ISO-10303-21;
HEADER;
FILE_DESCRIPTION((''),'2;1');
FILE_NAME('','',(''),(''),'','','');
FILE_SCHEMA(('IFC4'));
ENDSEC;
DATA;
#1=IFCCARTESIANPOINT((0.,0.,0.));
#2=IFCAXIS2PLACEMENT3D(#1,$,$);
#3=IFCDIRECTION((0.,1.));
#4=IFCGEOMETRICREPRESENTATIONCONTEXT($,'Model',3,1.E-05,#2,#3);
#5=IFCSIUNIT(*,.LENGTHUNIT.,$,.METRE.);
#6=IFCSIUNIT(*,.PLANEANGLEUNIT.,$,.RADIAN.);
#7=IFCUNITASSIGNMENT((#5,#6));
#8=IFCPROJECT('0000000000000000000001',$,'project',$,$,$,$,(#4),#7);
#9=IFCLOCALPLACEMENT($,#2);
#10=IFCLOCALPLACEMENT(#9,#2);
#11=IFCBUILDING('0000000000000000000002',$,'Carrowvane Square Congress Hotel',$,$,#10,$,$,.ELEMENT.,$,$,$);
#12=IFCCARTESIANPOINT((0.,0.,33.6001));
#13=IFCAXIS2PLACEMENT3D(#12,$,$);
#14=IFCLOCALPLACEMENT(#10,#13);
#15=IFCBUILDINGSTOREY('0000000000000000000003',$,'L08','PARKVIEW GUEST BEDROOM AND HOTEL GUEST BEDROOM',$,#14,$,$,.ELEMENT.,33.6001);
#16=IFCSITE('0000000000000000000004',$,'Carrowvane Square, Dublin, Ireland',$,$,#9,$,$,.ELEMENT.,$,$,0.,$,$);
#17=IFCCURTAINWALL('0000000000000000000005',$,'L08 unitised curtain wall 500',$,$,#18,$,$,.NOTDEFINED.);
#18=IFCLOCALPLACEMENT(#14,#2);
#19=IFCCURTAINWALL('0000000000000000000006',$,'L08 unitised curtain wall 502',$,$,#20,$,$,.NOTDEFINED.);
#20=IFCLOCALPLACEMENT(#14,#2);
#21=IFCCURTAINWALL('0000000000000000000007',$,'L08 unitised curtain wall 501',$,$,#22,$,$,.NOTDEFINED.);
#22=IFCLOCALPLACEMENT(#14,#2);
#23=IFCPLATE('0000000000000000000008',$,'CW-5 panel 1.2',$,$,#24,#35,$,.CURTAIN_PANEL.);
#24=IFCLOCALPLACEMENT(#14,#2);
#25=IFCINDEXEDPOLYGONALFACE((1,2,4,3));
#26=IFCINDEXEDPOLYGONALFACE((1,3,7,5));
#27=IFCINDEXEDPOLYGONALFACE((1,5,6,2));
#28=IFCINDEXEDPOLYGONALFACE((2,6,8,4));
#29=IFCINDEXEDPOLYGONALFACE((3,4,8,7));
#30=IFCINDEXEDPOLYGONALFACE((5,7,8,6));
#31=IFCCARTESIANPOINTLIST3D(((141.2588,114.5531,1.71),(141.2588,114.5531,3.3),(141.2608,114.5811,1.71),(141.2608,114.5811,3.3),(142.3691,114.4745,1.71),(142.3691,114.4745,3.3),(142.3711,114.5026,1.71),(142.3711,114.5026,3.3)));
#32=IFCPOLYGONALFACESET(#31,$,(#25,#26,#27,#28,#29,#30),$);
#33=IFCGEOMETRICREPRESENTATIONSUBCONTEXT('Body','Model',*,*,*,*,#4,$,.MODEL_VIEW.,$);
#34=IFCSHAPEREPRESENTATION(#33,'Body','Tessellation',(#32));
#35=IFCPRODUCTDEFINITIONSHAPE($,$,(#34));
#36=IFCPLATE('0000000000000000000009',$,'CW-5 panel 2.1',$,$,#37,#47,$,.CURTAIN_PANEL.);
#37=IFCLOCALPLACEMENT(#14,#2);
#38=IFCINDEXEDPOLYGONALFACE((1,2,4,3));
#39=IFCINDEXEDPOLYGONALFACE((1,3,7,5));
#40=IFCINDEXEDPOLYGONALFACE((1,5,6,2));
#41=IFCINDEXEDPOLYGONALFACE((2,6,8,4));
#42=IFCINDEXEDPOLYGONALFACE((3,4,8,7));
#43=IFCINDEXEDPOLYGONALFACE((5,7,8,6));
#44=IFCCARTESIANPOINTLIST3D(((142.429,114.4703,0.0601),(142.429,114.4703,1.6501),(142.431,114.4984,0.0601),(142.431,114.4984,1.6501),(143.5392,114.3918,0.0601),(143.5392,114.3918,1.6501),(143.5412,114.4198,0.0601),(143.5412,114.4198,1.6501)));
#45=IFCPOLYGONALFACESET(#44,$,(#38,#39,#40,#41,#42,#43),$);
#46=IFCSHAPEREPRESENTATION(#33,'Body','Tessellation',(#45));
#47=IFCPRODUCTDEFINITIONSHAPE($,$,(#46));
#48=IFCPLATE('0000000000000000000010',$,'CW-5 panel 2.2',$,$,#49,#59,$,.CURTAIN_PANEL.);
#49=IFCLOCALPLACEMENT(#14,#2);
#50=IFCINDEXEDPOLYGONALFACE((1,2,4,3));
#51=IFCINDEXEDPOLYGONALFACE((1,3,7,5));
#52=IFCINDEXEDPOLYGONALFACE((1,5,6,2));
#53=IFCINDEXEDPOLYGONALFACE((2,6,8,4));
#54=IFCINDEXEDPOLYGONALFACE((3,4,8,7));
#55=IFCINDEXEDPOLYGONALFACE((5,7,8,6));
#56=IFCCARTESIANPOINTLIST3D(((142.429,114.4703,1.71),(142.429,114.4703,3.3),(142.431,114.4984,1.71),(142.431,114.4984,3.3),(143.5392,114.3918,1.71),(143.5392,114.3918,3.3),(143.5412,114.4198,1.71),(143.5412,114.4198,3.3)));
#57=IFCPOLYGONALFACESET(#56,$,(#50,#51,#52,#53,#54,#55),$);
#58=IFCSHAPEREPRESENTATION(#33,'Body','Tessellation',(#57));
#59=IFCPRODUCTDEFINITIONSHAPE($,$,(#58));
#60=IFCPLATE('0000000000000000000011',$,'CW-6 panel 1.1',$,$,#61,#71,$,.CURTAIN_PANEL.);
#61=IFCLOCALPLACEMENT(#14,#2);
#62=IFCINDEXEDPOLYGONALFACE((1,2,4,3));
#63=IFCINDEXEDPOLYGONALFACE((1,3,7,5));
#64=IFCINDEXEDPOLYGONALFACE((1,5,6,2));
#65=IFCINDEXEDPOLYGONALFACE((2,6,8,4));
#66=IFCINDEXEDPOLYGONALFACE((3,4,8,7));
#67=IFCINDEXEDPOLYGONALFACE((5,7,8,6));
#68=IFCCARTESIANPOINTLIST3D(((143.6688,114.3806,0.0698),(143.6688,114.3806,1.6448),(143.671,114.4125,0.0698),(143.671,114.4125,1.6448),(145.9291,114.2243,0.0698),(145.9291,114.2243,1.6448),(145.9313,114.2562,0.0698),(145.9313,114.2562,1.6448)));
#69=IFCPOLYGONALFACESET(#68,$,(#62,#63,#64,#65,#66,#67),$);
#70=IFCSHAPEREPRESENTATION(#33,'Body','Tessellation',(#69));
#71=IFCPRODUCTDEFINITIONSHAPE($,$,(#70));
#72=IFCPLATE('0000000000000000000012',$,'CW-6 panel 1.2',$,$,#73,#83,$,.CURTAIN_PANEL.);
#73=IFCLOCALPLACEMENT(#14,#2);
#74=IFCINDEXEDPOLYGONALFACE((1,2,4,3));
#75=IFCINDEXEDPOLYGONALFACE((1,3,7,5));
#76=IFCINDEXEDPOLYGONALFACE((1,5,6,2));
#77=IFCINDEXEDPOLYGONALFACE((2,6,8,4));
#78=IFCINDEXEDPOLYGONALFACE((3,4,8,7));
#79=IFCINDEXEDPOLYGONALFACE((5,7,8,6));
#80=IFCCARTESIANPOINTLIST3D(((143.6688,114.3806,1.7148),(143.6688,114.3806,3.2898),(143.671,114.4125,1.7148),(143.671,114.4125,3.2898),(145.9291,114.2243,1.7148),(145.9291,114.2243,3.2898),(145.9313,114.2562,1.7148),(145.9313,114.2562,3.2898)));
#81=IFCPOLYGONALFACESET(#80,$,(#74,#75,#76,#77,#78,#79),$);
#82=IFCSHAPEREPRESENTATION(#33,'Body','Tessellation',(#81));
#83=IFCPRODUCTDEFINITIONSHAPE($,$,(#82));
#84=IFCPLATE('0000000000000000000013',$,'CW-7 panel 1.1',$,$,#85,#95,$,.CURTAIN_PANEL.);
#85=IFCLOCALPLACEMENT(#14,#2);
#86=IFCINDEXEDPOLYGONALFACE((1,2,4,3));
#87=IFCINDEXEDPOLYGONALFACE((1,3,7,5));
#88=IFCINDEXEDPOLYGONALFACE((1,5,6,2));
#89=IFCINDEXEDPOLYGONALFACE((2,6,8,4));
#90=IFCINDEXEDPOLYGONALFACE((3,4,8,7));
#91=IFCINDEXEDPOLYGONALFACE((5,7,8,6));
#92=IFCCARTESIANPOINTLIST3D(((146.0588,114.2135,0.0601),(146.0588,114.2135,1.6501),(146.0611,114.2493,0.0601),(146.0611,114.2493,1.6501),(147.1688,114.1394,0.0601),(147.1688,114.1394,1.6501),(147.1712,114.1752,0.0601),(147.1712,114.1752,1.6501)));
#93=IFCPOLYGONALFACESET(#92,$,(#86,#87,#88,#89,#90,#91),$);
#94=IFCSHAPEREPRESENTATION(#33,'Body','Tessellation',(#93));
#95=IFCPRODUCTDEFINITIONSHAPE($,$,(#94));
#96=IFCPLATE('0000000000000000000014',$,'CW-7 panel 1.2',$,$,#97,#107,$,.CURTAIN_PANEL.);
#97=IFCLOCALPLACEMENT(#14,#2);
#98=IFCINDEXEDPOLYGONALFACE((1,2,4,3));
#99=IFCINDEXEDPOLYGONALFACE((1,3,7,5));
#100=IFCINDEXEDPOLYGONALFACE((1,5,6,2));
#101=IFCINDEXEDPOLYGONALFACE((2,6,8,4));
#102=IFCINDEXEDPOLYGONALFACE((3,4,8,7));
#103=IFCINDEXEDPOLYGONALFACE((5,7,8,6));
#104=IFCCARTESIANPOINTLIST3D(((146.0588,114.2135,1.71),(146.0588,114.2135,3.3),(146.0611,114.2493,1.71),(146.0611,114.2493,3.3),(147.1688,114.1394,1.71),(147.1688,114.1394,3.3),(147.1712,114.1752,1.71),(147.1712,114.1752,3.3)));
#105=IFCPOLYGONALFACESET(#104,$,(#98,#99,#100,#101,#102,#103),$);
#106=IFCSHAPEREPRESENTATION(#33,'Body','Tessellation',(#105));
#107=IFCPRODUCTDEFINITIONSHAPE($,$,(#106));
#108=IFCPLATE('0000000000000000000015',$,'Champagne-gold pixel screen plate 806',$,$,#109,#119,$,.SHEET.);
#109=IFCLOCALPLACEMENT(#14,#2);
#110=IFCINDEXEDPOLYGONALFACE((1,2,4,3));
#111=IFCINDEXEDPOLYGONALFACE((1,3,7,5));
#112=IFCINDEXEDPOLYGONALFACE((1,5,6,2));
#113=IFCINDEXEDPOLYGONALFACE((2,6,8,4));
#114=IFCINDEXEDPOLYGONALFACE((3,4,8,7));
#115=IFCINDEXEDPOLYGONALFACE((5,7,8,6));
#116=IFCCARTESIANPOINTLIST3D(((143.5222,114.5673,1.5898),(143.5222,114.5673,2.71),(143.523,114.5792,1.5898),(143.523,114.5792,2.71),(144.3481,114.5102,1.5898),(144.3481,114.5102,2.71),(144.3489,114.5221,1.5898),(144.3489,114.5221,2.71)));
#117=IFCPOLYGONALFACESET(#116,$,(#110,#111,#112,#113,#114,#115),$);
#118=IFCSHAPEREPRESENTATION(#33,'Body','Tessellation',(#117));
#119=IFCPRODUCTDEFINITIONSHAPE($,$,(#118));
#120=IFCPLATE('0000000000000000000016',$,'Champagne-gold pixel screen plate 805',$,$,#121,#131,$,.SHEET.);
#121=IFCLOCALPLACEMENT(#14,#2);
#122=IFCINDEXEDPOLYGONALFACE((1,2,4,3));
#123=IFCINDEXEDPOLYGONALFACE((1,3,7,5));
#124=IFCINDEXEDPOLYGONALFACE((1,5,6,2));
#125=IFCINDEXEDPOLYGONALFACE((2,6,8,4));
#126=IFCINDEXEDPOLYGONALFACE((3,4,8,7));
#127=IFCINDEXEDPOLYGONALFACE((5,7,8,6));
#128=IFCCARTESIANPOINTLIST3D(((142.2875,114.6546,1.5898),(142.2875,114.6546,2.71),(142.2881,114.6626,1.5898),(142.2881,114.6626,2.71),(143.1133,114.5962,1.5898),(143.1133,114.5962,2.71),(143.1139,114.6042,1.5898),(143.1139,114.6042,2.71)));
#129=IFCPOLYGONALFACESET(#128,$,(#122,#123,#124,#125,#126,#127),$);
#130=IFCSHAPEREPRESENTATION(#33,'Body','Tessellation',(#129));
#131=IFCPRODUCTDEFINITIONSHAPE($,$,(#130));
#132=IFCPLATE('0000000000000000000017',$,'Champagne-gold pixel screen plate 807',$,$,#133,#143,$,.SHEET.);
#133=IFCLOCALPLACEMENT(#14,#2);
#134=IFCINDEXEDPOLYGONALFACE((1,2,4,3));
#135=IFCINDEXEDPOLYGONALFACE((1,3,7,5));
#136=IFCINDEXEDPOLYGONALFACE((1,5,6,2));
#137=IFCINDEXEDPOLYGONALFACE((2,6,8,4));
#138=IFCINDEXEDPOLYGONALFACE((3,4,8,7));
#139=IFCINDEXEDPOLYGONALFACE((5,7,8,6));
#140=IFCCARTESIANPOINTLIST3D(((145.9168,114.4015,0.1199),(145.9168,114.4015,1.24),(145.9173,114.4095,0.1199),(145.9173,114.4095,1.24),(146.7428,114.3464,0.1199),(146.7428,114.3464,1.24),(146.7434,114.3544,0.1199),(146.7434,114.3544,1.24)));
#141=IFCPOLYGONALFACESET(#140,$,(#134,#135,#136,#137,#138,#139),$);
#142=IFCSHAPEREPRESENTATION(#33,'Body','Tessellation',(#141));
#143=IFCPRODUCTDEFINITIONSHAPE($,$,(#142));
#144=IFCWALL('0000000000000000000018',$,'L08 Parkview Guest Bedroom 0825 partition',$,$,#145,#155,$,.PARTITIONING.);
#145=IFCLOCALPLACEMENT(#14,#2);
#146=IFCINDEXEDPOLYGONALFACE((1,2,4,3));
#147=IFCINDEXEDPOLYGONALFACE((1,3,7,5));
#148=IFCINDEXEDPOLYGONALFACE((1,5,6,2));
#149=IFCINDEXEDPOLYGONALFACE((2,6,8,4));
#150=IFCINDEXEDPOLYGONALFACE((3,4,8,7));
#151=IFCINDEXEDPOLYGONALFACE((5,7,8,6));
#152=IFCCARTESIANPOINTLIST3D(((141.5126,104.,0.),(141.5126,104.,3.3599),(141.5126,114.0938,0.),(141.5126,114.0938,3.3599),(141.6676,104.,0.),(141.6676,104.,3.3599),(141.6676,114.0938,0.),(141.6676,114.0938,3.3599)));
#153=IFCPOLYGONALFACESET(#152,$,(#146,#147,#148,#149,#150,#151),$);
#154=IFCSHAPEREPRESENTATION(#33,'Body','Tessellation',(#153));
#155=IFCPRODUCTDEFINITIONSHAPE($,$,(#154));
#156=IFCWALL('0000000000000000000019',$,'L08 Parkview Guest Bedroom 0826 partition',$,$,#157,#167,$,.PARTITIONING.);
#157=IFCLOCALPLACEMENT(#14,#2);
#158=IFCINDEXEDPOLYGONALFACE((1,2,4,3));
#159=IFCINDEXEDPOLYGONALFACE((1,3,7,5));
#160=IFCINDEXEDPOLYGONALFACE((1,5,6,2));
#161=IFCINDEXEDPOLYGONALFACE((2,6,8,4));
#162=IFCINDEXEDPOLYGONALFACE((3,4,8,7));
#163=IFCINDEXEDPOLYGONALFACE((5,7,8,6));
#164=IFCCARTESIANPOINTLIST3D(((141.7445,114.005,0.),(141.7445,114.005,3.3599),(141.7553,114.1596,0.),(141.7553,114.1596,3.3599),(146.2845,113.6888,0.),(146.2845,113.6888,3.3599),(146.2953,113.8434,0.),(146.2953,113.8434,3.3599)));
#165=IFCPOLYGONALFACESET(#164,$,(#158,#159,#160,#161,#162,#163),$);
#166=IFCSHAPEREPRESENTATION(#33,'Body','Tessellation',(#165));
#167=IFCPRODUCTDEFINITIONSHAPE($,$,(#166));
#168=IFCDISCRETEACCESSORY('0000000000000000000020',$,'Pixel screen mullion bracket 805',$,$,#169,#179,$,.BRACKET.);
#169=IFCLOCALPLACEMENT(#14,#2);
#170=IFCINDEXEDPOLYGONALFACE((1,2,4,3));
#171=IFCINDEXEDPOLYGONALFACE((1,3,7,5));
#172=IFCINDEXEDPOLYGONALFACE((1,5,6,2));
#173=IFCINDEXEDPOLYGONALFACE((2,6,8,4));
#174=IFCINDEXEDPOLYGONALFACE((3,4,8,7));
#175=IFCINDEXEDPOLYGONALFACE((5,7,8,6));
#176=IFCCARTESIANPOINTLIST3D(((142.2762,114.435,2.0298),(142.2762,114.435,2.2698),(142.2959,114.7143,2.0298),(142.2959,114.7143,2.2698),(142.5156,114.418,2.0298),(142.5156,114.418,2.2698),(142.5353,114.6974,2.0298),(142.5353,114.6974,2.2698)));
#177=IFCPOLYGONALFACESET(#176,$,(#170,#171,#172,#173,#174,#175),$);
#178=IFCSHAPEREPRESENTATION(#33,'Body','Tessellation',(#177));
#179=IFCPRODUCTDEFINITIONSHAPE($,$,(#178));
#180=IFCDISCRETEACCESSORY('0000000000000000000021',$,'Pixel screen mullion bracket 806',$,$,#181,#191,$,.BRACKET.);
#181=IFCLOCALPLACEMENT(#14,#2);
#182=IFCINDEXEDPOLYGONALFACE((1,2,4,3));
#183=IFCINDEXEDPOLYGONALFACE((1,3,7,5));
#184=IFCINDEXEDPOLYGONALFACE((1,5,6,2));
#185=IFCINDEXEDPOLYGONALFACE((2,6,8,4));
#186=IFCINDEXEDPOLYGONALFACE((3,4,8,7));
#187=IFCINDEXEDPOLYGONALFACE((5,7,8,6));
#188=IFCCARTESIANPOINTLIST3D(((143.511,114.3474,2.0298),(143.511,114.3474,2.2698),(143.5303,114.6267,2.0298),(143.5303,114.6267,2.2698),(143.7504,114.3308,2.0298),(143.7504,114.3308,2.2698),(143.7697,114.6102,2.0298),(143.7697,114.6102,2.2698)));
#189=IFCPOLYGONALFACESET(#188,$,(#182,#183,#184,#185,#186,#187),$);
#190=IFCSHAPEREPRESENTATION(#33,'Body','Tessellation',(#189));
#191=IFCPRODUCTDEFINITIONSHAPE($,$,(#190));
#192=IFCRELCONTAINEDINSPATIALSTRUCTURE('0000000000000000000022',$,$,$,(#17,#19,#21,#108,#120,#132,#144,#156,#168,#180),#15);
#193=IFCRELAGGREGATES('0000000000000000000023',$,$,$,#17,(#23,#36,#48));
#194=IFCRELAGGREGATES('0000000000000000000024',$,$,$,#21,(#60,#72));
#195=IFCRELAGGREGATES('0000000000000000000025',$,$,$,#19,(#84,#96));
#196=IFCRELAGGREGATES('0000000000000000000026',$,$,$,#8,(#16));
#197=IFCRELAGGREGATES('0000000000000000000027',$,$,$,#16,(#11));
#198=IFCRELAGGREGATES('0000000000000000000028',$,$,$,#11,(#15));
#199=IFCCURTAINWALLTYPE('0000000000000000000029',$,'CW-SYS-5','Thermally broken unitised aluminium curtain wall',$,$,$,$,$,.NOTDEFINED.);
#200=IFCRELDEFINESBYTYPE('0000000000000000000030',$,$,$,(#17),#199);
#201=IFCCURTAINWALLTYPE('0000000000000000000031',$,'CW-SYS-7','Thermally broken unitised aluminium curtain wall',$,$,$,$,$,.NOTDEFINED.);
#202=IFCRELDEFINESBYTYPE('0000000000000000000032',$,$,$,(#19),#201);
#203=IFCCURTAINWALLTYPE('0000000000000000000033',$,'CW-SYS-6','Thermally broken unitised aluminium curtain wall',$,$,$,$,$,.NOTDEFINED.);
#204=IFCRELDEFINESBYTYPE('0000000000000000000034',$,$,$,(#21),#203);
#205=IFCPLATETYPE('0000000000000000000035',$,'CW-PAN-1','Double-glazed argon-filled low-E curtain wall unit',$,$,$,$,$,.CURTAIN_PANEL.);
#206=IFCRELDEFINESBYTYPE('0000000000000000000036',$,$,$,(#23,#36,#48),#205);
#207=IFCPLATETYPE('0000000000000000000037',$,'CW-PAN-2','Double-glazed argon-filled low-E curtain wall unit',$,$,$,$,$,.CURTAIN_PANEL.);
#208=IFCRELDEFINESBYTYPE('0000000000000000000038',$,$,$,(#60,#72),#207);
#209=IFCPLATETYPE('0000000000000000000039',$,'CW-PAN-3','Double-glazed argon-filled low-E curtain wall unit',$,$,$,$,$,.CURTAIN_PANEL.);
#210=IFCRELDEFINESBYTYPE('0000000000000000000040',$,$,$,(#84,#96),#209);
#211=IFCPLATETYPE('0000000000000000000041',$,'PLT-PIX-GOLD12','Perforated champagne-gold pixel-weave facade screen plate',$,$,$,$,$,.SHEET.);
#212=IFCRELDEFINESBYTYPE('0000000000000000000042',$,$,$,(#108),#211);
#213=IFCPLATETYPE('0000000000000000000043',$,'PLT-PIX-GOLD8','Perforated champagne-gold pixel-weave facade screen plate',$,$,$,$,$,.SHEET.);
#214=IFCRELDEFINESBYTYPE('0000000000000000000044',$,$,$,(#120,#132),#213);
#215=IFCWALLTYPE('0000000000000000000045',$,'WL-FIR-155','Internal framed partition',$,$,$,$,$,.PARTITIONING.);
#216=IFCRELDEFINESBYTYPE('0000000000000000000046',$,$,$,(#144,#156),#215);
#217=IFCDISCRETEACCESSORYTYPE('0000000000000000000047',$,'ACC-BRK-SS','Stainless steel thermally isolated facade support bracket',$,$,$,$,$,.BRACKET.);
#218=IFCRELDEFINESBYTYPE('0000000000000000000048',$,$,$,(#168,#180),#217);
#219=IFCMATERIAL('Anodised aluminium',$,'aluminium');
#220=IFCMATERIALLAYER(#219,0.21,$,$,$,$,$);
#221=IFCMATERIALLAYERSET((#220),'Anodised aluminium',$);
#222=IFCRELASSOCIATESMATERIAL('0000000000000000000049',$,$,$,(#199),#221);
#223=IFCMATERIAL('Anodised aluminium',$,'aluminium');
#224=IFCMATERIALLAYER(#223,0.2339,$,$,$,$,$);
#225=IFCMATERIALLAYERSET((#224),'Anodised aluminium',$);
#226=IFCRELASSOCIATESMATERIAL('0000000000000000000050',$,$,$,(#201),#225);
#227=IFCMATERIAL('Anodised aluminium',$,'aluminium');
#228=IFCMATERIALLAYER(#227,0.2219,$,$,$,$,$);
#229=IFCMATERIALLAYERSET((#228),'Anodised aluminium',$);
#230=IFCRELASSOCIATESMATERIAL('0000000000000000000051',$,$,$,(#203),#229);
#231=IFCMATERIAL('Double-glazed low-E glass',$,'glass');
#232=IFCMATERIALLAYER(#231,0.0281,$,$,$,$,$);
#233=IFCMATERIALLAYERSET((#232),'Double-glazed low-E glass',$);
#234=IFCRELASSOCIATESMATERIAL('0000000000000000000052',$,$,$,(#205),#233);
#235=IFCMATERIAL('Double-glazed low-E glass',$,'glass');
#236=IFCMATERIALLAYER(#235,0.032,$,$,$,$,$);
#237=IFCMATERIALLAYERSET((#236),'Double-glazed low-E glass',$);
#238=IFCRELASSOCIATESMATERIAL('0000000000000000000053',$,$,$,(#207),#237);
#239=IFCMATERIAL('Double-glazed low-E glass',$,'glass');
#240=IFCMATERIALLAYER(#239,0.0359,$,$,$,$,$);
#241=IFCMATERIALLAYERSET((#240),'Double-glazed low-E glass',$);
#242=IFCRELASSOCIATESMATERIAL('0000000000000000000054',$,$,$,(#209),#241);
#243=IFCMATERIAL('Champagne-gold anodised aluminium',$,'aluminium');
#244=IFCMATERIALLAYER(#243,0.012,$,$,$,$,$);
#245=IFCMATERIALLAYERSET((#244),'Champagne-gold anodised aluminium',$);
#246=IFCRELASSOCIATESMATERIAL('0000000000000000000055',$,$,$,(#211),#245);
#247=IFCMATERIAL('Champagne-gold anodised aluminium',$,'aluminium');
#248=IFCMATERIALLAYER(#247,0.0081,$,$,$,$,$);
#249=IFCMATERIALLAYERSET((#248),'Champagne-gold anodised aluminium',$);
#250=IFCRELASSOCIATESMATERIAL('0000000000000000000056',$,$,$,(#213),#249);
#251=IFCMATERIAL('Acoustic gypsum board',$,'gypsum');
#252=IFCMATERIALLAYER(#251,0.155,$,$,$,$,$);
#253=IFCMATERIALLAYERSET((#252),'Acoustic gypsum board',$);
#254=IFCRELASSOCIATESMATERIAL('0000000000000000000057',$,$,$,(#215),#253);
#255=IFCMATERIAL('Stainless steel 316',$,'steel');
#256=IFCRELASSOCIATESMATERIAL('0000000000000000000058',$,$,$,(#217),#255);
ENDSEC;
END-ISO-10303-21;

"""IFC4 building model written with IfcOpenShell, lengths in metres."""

from ifc_helpers import new_model, si_unit, direction, frame, frame_2d, origin, origin_2d, place, context, subcontext, project, spatial, rectangle, extrude, material, layer, layer_set, type_object, element, aggregate, save


model = new_model("IFC4")

# Units and contexts
model_context = context("Model", 3, precision=1e-05, world=origin(), true_north=direction((0.0, 1.0)))
body_context = subcontext(model_context, "Body", "Model", "MODEL_VIEW")
ifc_project = project(units=[si_unit("LENGTHUNIT", "METRE"), si_unit("PLANEANGLEUNIT", "RADIAN")], contexts=[model_context])

# Site, building, storey
site_placement = place(None, origin())
site = spatial("IfcSite", under=ifc_project, at=site_placement, Name="Carrowvane Square, Dublin, Ireland", CompositionType="ELEMENT", RefElevation=0.0)
building_placement = place(site_placement, origin())
building = spatial("IfcBuilding", under=site, at=building_placement, Name="Carrowvane Square Congress Hotel", CompositionType="ELEMENT")
storey_placement = place(building_placement, frame((0.0, 0.0, 33.6001)))
storey = spatial("IfcBuildingStorey", under=building, at=storey_placement, Name="L08", Description="PARKVIEW GUEST BEDROOM AND HOTEL GUEST BEDROOM", CompositionType="ELEMENT", Elevation=33.6001)

# Curtain walls
ifc_material_1 = material(Name="Anodised aluminium", Category="aluminium")
ifc_layer_1 = layer(ifc_material_1, 0.21)
ifc_layer_set_1 = layer_set([ifc_layer_1], Name="Anodised aluminium")
curtain_wall_type_1 = type_object("IfcCurtainWallType", Name="CW-SYS-5", Description="Thermally broken unitised aluminium curtain wall", PredefinedType="NOTDEFINED", material=ifc_layer_set_1)
curtain_wall_1_placement = place(storey_placement, origin())
curtain_wall_1 = element("IfcCurtainWall", 1, at=curtain_wall_1_placement, inside=storey, type_object=curtain_wall_type_1, Name="L08 unitised curtain wall 500", PredefinedType="NOTDEFINED")
ifc_material_2 = material(Name="Anodised aluminium", Category="aluminium")
ifc_layer_2 = layer(ifc_material_2, 0.2339)
ifc_layer_set_2 = layer_set([ifc_layer_2], Name="Anodised aluminium")
curtain_wall_type_2 = type_object("IfcCurtainWallType", Name="CW-SYS-7", Description="Thermally broken unitised aluminium curtain wall", PredefinedType="NOTDEFINED", material=ifc_layer_set_2)
curtain_wall_2_placement = place(storey_placement, origin())
curtain_wall_2 = element("IfcCurtainWall", 2, at=curtain_wall_2_placement, inside=storey, type_object=curtain_wall_type_2, Name="L08 unitised curtain wall 502", PredefinedType="NOTDEFINED")
ifc_material_3 = material(Name="Anodised aluminium", Category="aluminium")
ifc_layer_3 = layer(ifc_material_3, 0.2219)
ifc_layer_set_3 = layer_set([ifc_layer_3], Name="Anodised aluminium")
curtain_wall_type_3 = type_object("IfcCurtainWallType", Name="CW-SYS-6", Description="Thermally broken unitised aluminium curtain wall", PredefinedType="NOTDEFINED", material=ifc_layer_set_3)
curtain_wall_3_placement = place(storey_placement, origin())
curtain_wall_3 = element("IfcCurtainWall", 3, at=curtain_wall_3_placement, inside=storey, type_object=curtain_wall_type_3, Name="L08 unitised curtain wall 501", PredefinedType="NOTDEFINED")

# Plates
ifc_material_4 = material(Name="Double-glazed low-E glass", Category="glass")
ifc_layer_4 = layer(ifc_material_4, 0.0281)
ifc_layer_set_4 = layer_set([ifc_layer_4], Name="Double-glazed low-E glass")
plate_type_1 = type_object("IfcPlateType", Name="CW-PAN-1", Description="Double-glazed argon-filled low-E curtain wall unit", PredefinedType="CURTAIN_PANEL", material=ifc_layer_set_4)
plate_1_placement = place(storey_placement, frame((141.8149, 114.5278, 1.71), z_axis=(0.0, 0.0, 1.0), x_axis=(0.997506, -0.070586, 0.0)))
plate_1 = element("IfcPlate", 4, at=plate_1_placement, type_object=plate_type_1, Name="CW-5 panel 1.2", PredefinedType="CURTAIN_PANEL", context=body_context, shape_type="SweptSolid", body=[
    extrude(rectangle(XDim=1.113, YDim=0.0281, at=origin_2d()), origin(), (0.0, 0.0, 1.0), 1.5901),
])
plate_2_placement = place(storey_placement, frame((142.9851, 114.4451, 0.0601), z_axis=(0.0, 0.0, 1.0), x_axis=(0.997506, -0.070586, 0.0)))
plate_2 = element("IfcPlate", 5, at=plate_2_placement, type_object=plate_type_1, Name="CW-5 panel 2.1", PredefinedType="CURTAIN_PANEL", context=body_context, shape_type="SweptSolid", body=[
    extrude(rectangle(XDim=1.113, YDim=0.0281, at=origin_2d()), origin(), (0.0, 0.0, 1.0), 1.5901),
])
plate_3_placement = place(storey_placement, frame((142.9851, 114.4451, 1.71), z_axis=(0.0, 0.0, 1.0), x_axis=(0.997506, -0.070586, 0.0)))
plate_3 = element("IfcPlate", 6, at=plate_3_placement, type_object=plate_type_1, Name="CW-5 panel 2.2", PredefinedType="CURTAIN_PANEL", context=body_context, shape_type="SweptSolid", body=[
    extrude(rectangle(XDim=1.113, YDim=0.0281, at=origin_2d()), origin(), (0.0, 0.0, 1.0), 1.5901),
])
aggregate(curtain_wall_1, [plate_1, plate_2, plate_3])
ifc_material_5 = material(Name="Double-glazed low-E glass", Category="glass")
ifc_layer_5 = layer(ifc_material_5, 0.032)
ifc_layer_set_5 = layer_set([ifc_layer_5], Name="Double-glazed low-E glass")
plate_type_2 = type_object("IfcPlateType", Name="CW-PAN-2", Description="Double-glazed argon-filled low-E curtain wall unit", PredefinedType="CURTAIN_PANEL", material=ifc_layer_set_5)
plate_4_placement = place(storey_placement, frame((144.8, 114.3184, 0.0698), z_axis=(0.0, 0.0, 1.0), x_axis=(0.997618, -0.068986, 0.0)))
plate_4 = element("IfcPlate", 7, at=plate_4_placement, type_object=plate_type_2, Name="CW-6 panel 1.1", PredefinedType="CURTAIN_PANEL", context=body_context, shape_type="SweptSolid", body=[
    extrude(rectangle(XDim=2.2656, YDim=0.032, at=origin_2d()), origin(), (0.0, 0.0, 1.0), 1.575),
])
plate_5_placement = place(storey_placement, frame((144.8, 114.3184, 1.7148), z_axis=(0.0, 0.0, 1.0), x_axis=(0.997618, -0.068986, 0.0)))
plate_5 = element("IfcPlate", 8, at=plate_5_placement, type_object=plate_type_2, Name="CW-6 panel 1.2", PredefinedType="CURTAIN_PANEL", context=body_context, shape_type="SweptSolid", body=[
    extrude(rectangle(XDim=2.2656, YDim=0.032, at=origin_2d()), origin(), (0.0, 0.0, 1.0), 1.575),
])
aggregate(curtain_wall_3, [plate_4, plate_5])
ifc_material_6 = material(Name="Double-glazed low-E glass", Category="glass")
ifc_layer_6 = layer(ifc_material_6, 0.0359)
ifc_layer_set_6 = layer_set([ifc_layer_6], Name="Double-glazed low-E glass")
plate_type_3 = type_object("IfcPlateType", Name="CW-PAN-3", Description="Double-glazed argon-filled low-E curtain wall unit", PredefinedType="CURTAIN_PANEL", material=ifc_layer_set_6)
plate_6_placement = place(storey_placement, frame((146.615, 114.1943, 0.0601), z_axis=(0.0, 0.0, 1.0), x_axis=(0.997781, -0.066574, 0.0)))
plate_6 = element("IfcPlate", 9, at=plate_6_placement, type_object=plate_type_3, Name="CW-7 panel 1.1", PredefinedType="CURTAIN_PANEL", context=body_context, shape_type="SweptSolid", body=[
    extrude(rectangle(XDim=1.1125, YDim=0.0359, at=origin_2d()), origin(), (0.0, 0.0, 1.0), 1.5901),
])
plate_7_placement = place(storey_placement, frame((146.615, 114.1943, 1.71), z_axis=(0.0, 0.0, 1.0), x_axis=(0.997781, -0.066574, 0.0)))
plate_7 = element("IfcPlate", 10, at=plate_7_placement, type_object=plate_type_3, Name="CW-7 panel 1.2", PredefinedType="CURTAIN_PANEL", context=body_context, shape_type="SweptSolid", body=[
    extrude(rectangle(XDim=1.1125, YDim=0.0359, at=origin_2d()), origin(), (0.0, 0.0, 1.0), 1.5901),
])
aggregate(curtain_wall_2, [plate_6, plate_7])

# Plates
ifc_material_7 = material(Name="Champagne-gold anodised aluminium", Category="aluminium")
ifc_layer_7 = layer(ifc_material_7, 0.012)
ifc_layer_set_7 = layer_set([ifc_layer_7], Name="Champagne-gold anodised aluminium")
plate_type_4 = type_object("IfcPlateType", Name="PLT-PIX-GOLD12", Description="Perforated champagne-gold pixel-weave facade screen plate", PredefinedType="SHEET", material=ifc_layer_set_7)
plate_8_placement = place(storey_placement, frame((143.9355, 114.5447, 1.5898), z_axis=(0.0, 0.0, 1.0), x_axis=(0.997618, -0.068987, 0.0)))
element("IfcPlate", 11, at=plate_8_placement, inside=storey, type_object=plate_type_4, Name="Champagne-gold pixel screen plate 806", PredefinedType="SHEET", context=body_context, shape_type="SweptSolid", body=[
    extrude(rectangle(XDim=0.8279, YDim=0.012, at=origin_2d()), origin(), (0.0, 0.0, 1.0), 1.1201),
])
ifc_material_8 = material(Name="Champagne-gold anodised aluminium", Category="aluminium")
ifc_layer_8 = layer(ifc_material_8, 0.0081)
ifc_layer_set_8 = layer_set([ifc_layer_8], Name="Champagne-gold anodised aluminium")
plate_type_5 = type_object("IfcPlateType", Name="PLT-PIX-GOLD8", Description="Perforated champagne-gold pixel-weave facade screen plate", PredefinedType="SHEET", material=ifc_layer_set_8)
for number, where, z_axis, x_axis, name in (
    (12, (142.7007, 114.6294, 1.5898), (0.0, 0.0, 1.0), (0.997506, -0.070585, 0.0), "Champagne-gold pixel screen plate 805"),
    (13, (146.3301, 114.3779, 0.1199), (0.0, 0.0, 1.0), (0.997781, -0.066574, 0.0), "Champagne-gold pixel screen plate 807"),
):
    element("IfcPlate", number, at=place(storey_placement, frame(where, z_axis=z_axis, x_axis=x_axis)), inside=storey, type_object=plate_type_5, Name=name, PredefinedType="SHEET", context=body_context, shape_type="SweptSolid", body=[
        extrude(rectangle(XDim=0.8279, YDim=0.0081, at=origin_2d()), origin(), (0.0, 0.0, 1.0), 1.1201),
    ])

# Walls
ifc_material_9 = material(Name="Acoustic gypsum board", Category="gypsum")
ifc_layer_9 = layer(ifc_material_9, 0.155)
ifc_layer_set_9 = layer_set([ifc_layer_9], Name="Acoustic gypsum board")
wall_type = type_object("IfcWallType", Name="WL-FIR-155", Description="Internal framed partition", PredefinedType="PARTITIONING", material=ifc_layer_set_9)
wall_1_placement = place(storey_placement, frame((141.5901, 114.0938, 0.0), z_axis=(0.0, 0.0, 1.0), x_axis=(0.0, -1.0, 0.0)))
element("IfcWall", 14, at=wall_1_placement, inside=storey, type_object=wall_type, Name="L08 Parkview Guest Bedroom 0825 partition", PredefinedType="PARTITIONING", context=body_context, shape_type="SweptSolid", body=[
    extrude(rectangle(XDim=10.0938, YDim=0.155, at=frame_2d((5.0469, 0.0))), origin(), (0.0, 0.0, 1.0), 3.3599),
])
wall_2_placement = place(storey_placement, frame((141.75, 114.0823, 0.0), z_axis=(0.0, 0.0, 1.0), x_axis=(0.997584, -0.06947, 0.0)))
element("IfcWall", 15, at=wall_2_placement, inside=storey, type_object=wall_type, Name="L08 Parkview Guest Bedroom 0826 partition", PredefinedType="PARTITIONING", context=body_context, shape_type="SweptSolid", body=[
    extrude(rectangle(XDim=4.551, YDim=0.155, at=frame_2d((2.2754, 0.0))), origin(), (0.0, 0.0, 1.0), 3.3599),
])

# Discrete accessories
ifc_material_10 = material(Name="Stainless steel 316", Category="steel")
discrete_accessory_type = type_object("IfcDiscreteAccessoryType", Name="ACC-BRK-SS", Description="Stainless steel thermally isolated facade support bracket", PredefinedType="BRACKET", material=ifc_material_10)
for number, where, z_axis, x_axis, name in (
    (16, (142.4058, 114.5662, 2.0298), (0.0, 0.0, 1.0), (0.997506, -0.070585, 0.0), "Pixel screen mullion bracket 805"),
    (17, (143.6404, 114.4788, 2.0298), (0.0, 0.0, 1.0), (0.997618, -0.068987, 0.0), "Pixel screen mullion bracket 806"),
):
    element("IfcDiscreteAccessory", number, at=place(storey_placement, frame(where, z_axis=z_axis, x_axis=x_axis)), inside=storey, type_object=discrete_accessory_type, Name=name, PredefinedType="BRACKET", context=body_context, shape_type="SweptSolid", body=[
        extrude(rectangle(XDim=0.24, YDim=0.28, at=origin_2d()), origin(), (0.0, 0.0, 1.0), 0.24),
    ])

save(model, "model.ifc")
